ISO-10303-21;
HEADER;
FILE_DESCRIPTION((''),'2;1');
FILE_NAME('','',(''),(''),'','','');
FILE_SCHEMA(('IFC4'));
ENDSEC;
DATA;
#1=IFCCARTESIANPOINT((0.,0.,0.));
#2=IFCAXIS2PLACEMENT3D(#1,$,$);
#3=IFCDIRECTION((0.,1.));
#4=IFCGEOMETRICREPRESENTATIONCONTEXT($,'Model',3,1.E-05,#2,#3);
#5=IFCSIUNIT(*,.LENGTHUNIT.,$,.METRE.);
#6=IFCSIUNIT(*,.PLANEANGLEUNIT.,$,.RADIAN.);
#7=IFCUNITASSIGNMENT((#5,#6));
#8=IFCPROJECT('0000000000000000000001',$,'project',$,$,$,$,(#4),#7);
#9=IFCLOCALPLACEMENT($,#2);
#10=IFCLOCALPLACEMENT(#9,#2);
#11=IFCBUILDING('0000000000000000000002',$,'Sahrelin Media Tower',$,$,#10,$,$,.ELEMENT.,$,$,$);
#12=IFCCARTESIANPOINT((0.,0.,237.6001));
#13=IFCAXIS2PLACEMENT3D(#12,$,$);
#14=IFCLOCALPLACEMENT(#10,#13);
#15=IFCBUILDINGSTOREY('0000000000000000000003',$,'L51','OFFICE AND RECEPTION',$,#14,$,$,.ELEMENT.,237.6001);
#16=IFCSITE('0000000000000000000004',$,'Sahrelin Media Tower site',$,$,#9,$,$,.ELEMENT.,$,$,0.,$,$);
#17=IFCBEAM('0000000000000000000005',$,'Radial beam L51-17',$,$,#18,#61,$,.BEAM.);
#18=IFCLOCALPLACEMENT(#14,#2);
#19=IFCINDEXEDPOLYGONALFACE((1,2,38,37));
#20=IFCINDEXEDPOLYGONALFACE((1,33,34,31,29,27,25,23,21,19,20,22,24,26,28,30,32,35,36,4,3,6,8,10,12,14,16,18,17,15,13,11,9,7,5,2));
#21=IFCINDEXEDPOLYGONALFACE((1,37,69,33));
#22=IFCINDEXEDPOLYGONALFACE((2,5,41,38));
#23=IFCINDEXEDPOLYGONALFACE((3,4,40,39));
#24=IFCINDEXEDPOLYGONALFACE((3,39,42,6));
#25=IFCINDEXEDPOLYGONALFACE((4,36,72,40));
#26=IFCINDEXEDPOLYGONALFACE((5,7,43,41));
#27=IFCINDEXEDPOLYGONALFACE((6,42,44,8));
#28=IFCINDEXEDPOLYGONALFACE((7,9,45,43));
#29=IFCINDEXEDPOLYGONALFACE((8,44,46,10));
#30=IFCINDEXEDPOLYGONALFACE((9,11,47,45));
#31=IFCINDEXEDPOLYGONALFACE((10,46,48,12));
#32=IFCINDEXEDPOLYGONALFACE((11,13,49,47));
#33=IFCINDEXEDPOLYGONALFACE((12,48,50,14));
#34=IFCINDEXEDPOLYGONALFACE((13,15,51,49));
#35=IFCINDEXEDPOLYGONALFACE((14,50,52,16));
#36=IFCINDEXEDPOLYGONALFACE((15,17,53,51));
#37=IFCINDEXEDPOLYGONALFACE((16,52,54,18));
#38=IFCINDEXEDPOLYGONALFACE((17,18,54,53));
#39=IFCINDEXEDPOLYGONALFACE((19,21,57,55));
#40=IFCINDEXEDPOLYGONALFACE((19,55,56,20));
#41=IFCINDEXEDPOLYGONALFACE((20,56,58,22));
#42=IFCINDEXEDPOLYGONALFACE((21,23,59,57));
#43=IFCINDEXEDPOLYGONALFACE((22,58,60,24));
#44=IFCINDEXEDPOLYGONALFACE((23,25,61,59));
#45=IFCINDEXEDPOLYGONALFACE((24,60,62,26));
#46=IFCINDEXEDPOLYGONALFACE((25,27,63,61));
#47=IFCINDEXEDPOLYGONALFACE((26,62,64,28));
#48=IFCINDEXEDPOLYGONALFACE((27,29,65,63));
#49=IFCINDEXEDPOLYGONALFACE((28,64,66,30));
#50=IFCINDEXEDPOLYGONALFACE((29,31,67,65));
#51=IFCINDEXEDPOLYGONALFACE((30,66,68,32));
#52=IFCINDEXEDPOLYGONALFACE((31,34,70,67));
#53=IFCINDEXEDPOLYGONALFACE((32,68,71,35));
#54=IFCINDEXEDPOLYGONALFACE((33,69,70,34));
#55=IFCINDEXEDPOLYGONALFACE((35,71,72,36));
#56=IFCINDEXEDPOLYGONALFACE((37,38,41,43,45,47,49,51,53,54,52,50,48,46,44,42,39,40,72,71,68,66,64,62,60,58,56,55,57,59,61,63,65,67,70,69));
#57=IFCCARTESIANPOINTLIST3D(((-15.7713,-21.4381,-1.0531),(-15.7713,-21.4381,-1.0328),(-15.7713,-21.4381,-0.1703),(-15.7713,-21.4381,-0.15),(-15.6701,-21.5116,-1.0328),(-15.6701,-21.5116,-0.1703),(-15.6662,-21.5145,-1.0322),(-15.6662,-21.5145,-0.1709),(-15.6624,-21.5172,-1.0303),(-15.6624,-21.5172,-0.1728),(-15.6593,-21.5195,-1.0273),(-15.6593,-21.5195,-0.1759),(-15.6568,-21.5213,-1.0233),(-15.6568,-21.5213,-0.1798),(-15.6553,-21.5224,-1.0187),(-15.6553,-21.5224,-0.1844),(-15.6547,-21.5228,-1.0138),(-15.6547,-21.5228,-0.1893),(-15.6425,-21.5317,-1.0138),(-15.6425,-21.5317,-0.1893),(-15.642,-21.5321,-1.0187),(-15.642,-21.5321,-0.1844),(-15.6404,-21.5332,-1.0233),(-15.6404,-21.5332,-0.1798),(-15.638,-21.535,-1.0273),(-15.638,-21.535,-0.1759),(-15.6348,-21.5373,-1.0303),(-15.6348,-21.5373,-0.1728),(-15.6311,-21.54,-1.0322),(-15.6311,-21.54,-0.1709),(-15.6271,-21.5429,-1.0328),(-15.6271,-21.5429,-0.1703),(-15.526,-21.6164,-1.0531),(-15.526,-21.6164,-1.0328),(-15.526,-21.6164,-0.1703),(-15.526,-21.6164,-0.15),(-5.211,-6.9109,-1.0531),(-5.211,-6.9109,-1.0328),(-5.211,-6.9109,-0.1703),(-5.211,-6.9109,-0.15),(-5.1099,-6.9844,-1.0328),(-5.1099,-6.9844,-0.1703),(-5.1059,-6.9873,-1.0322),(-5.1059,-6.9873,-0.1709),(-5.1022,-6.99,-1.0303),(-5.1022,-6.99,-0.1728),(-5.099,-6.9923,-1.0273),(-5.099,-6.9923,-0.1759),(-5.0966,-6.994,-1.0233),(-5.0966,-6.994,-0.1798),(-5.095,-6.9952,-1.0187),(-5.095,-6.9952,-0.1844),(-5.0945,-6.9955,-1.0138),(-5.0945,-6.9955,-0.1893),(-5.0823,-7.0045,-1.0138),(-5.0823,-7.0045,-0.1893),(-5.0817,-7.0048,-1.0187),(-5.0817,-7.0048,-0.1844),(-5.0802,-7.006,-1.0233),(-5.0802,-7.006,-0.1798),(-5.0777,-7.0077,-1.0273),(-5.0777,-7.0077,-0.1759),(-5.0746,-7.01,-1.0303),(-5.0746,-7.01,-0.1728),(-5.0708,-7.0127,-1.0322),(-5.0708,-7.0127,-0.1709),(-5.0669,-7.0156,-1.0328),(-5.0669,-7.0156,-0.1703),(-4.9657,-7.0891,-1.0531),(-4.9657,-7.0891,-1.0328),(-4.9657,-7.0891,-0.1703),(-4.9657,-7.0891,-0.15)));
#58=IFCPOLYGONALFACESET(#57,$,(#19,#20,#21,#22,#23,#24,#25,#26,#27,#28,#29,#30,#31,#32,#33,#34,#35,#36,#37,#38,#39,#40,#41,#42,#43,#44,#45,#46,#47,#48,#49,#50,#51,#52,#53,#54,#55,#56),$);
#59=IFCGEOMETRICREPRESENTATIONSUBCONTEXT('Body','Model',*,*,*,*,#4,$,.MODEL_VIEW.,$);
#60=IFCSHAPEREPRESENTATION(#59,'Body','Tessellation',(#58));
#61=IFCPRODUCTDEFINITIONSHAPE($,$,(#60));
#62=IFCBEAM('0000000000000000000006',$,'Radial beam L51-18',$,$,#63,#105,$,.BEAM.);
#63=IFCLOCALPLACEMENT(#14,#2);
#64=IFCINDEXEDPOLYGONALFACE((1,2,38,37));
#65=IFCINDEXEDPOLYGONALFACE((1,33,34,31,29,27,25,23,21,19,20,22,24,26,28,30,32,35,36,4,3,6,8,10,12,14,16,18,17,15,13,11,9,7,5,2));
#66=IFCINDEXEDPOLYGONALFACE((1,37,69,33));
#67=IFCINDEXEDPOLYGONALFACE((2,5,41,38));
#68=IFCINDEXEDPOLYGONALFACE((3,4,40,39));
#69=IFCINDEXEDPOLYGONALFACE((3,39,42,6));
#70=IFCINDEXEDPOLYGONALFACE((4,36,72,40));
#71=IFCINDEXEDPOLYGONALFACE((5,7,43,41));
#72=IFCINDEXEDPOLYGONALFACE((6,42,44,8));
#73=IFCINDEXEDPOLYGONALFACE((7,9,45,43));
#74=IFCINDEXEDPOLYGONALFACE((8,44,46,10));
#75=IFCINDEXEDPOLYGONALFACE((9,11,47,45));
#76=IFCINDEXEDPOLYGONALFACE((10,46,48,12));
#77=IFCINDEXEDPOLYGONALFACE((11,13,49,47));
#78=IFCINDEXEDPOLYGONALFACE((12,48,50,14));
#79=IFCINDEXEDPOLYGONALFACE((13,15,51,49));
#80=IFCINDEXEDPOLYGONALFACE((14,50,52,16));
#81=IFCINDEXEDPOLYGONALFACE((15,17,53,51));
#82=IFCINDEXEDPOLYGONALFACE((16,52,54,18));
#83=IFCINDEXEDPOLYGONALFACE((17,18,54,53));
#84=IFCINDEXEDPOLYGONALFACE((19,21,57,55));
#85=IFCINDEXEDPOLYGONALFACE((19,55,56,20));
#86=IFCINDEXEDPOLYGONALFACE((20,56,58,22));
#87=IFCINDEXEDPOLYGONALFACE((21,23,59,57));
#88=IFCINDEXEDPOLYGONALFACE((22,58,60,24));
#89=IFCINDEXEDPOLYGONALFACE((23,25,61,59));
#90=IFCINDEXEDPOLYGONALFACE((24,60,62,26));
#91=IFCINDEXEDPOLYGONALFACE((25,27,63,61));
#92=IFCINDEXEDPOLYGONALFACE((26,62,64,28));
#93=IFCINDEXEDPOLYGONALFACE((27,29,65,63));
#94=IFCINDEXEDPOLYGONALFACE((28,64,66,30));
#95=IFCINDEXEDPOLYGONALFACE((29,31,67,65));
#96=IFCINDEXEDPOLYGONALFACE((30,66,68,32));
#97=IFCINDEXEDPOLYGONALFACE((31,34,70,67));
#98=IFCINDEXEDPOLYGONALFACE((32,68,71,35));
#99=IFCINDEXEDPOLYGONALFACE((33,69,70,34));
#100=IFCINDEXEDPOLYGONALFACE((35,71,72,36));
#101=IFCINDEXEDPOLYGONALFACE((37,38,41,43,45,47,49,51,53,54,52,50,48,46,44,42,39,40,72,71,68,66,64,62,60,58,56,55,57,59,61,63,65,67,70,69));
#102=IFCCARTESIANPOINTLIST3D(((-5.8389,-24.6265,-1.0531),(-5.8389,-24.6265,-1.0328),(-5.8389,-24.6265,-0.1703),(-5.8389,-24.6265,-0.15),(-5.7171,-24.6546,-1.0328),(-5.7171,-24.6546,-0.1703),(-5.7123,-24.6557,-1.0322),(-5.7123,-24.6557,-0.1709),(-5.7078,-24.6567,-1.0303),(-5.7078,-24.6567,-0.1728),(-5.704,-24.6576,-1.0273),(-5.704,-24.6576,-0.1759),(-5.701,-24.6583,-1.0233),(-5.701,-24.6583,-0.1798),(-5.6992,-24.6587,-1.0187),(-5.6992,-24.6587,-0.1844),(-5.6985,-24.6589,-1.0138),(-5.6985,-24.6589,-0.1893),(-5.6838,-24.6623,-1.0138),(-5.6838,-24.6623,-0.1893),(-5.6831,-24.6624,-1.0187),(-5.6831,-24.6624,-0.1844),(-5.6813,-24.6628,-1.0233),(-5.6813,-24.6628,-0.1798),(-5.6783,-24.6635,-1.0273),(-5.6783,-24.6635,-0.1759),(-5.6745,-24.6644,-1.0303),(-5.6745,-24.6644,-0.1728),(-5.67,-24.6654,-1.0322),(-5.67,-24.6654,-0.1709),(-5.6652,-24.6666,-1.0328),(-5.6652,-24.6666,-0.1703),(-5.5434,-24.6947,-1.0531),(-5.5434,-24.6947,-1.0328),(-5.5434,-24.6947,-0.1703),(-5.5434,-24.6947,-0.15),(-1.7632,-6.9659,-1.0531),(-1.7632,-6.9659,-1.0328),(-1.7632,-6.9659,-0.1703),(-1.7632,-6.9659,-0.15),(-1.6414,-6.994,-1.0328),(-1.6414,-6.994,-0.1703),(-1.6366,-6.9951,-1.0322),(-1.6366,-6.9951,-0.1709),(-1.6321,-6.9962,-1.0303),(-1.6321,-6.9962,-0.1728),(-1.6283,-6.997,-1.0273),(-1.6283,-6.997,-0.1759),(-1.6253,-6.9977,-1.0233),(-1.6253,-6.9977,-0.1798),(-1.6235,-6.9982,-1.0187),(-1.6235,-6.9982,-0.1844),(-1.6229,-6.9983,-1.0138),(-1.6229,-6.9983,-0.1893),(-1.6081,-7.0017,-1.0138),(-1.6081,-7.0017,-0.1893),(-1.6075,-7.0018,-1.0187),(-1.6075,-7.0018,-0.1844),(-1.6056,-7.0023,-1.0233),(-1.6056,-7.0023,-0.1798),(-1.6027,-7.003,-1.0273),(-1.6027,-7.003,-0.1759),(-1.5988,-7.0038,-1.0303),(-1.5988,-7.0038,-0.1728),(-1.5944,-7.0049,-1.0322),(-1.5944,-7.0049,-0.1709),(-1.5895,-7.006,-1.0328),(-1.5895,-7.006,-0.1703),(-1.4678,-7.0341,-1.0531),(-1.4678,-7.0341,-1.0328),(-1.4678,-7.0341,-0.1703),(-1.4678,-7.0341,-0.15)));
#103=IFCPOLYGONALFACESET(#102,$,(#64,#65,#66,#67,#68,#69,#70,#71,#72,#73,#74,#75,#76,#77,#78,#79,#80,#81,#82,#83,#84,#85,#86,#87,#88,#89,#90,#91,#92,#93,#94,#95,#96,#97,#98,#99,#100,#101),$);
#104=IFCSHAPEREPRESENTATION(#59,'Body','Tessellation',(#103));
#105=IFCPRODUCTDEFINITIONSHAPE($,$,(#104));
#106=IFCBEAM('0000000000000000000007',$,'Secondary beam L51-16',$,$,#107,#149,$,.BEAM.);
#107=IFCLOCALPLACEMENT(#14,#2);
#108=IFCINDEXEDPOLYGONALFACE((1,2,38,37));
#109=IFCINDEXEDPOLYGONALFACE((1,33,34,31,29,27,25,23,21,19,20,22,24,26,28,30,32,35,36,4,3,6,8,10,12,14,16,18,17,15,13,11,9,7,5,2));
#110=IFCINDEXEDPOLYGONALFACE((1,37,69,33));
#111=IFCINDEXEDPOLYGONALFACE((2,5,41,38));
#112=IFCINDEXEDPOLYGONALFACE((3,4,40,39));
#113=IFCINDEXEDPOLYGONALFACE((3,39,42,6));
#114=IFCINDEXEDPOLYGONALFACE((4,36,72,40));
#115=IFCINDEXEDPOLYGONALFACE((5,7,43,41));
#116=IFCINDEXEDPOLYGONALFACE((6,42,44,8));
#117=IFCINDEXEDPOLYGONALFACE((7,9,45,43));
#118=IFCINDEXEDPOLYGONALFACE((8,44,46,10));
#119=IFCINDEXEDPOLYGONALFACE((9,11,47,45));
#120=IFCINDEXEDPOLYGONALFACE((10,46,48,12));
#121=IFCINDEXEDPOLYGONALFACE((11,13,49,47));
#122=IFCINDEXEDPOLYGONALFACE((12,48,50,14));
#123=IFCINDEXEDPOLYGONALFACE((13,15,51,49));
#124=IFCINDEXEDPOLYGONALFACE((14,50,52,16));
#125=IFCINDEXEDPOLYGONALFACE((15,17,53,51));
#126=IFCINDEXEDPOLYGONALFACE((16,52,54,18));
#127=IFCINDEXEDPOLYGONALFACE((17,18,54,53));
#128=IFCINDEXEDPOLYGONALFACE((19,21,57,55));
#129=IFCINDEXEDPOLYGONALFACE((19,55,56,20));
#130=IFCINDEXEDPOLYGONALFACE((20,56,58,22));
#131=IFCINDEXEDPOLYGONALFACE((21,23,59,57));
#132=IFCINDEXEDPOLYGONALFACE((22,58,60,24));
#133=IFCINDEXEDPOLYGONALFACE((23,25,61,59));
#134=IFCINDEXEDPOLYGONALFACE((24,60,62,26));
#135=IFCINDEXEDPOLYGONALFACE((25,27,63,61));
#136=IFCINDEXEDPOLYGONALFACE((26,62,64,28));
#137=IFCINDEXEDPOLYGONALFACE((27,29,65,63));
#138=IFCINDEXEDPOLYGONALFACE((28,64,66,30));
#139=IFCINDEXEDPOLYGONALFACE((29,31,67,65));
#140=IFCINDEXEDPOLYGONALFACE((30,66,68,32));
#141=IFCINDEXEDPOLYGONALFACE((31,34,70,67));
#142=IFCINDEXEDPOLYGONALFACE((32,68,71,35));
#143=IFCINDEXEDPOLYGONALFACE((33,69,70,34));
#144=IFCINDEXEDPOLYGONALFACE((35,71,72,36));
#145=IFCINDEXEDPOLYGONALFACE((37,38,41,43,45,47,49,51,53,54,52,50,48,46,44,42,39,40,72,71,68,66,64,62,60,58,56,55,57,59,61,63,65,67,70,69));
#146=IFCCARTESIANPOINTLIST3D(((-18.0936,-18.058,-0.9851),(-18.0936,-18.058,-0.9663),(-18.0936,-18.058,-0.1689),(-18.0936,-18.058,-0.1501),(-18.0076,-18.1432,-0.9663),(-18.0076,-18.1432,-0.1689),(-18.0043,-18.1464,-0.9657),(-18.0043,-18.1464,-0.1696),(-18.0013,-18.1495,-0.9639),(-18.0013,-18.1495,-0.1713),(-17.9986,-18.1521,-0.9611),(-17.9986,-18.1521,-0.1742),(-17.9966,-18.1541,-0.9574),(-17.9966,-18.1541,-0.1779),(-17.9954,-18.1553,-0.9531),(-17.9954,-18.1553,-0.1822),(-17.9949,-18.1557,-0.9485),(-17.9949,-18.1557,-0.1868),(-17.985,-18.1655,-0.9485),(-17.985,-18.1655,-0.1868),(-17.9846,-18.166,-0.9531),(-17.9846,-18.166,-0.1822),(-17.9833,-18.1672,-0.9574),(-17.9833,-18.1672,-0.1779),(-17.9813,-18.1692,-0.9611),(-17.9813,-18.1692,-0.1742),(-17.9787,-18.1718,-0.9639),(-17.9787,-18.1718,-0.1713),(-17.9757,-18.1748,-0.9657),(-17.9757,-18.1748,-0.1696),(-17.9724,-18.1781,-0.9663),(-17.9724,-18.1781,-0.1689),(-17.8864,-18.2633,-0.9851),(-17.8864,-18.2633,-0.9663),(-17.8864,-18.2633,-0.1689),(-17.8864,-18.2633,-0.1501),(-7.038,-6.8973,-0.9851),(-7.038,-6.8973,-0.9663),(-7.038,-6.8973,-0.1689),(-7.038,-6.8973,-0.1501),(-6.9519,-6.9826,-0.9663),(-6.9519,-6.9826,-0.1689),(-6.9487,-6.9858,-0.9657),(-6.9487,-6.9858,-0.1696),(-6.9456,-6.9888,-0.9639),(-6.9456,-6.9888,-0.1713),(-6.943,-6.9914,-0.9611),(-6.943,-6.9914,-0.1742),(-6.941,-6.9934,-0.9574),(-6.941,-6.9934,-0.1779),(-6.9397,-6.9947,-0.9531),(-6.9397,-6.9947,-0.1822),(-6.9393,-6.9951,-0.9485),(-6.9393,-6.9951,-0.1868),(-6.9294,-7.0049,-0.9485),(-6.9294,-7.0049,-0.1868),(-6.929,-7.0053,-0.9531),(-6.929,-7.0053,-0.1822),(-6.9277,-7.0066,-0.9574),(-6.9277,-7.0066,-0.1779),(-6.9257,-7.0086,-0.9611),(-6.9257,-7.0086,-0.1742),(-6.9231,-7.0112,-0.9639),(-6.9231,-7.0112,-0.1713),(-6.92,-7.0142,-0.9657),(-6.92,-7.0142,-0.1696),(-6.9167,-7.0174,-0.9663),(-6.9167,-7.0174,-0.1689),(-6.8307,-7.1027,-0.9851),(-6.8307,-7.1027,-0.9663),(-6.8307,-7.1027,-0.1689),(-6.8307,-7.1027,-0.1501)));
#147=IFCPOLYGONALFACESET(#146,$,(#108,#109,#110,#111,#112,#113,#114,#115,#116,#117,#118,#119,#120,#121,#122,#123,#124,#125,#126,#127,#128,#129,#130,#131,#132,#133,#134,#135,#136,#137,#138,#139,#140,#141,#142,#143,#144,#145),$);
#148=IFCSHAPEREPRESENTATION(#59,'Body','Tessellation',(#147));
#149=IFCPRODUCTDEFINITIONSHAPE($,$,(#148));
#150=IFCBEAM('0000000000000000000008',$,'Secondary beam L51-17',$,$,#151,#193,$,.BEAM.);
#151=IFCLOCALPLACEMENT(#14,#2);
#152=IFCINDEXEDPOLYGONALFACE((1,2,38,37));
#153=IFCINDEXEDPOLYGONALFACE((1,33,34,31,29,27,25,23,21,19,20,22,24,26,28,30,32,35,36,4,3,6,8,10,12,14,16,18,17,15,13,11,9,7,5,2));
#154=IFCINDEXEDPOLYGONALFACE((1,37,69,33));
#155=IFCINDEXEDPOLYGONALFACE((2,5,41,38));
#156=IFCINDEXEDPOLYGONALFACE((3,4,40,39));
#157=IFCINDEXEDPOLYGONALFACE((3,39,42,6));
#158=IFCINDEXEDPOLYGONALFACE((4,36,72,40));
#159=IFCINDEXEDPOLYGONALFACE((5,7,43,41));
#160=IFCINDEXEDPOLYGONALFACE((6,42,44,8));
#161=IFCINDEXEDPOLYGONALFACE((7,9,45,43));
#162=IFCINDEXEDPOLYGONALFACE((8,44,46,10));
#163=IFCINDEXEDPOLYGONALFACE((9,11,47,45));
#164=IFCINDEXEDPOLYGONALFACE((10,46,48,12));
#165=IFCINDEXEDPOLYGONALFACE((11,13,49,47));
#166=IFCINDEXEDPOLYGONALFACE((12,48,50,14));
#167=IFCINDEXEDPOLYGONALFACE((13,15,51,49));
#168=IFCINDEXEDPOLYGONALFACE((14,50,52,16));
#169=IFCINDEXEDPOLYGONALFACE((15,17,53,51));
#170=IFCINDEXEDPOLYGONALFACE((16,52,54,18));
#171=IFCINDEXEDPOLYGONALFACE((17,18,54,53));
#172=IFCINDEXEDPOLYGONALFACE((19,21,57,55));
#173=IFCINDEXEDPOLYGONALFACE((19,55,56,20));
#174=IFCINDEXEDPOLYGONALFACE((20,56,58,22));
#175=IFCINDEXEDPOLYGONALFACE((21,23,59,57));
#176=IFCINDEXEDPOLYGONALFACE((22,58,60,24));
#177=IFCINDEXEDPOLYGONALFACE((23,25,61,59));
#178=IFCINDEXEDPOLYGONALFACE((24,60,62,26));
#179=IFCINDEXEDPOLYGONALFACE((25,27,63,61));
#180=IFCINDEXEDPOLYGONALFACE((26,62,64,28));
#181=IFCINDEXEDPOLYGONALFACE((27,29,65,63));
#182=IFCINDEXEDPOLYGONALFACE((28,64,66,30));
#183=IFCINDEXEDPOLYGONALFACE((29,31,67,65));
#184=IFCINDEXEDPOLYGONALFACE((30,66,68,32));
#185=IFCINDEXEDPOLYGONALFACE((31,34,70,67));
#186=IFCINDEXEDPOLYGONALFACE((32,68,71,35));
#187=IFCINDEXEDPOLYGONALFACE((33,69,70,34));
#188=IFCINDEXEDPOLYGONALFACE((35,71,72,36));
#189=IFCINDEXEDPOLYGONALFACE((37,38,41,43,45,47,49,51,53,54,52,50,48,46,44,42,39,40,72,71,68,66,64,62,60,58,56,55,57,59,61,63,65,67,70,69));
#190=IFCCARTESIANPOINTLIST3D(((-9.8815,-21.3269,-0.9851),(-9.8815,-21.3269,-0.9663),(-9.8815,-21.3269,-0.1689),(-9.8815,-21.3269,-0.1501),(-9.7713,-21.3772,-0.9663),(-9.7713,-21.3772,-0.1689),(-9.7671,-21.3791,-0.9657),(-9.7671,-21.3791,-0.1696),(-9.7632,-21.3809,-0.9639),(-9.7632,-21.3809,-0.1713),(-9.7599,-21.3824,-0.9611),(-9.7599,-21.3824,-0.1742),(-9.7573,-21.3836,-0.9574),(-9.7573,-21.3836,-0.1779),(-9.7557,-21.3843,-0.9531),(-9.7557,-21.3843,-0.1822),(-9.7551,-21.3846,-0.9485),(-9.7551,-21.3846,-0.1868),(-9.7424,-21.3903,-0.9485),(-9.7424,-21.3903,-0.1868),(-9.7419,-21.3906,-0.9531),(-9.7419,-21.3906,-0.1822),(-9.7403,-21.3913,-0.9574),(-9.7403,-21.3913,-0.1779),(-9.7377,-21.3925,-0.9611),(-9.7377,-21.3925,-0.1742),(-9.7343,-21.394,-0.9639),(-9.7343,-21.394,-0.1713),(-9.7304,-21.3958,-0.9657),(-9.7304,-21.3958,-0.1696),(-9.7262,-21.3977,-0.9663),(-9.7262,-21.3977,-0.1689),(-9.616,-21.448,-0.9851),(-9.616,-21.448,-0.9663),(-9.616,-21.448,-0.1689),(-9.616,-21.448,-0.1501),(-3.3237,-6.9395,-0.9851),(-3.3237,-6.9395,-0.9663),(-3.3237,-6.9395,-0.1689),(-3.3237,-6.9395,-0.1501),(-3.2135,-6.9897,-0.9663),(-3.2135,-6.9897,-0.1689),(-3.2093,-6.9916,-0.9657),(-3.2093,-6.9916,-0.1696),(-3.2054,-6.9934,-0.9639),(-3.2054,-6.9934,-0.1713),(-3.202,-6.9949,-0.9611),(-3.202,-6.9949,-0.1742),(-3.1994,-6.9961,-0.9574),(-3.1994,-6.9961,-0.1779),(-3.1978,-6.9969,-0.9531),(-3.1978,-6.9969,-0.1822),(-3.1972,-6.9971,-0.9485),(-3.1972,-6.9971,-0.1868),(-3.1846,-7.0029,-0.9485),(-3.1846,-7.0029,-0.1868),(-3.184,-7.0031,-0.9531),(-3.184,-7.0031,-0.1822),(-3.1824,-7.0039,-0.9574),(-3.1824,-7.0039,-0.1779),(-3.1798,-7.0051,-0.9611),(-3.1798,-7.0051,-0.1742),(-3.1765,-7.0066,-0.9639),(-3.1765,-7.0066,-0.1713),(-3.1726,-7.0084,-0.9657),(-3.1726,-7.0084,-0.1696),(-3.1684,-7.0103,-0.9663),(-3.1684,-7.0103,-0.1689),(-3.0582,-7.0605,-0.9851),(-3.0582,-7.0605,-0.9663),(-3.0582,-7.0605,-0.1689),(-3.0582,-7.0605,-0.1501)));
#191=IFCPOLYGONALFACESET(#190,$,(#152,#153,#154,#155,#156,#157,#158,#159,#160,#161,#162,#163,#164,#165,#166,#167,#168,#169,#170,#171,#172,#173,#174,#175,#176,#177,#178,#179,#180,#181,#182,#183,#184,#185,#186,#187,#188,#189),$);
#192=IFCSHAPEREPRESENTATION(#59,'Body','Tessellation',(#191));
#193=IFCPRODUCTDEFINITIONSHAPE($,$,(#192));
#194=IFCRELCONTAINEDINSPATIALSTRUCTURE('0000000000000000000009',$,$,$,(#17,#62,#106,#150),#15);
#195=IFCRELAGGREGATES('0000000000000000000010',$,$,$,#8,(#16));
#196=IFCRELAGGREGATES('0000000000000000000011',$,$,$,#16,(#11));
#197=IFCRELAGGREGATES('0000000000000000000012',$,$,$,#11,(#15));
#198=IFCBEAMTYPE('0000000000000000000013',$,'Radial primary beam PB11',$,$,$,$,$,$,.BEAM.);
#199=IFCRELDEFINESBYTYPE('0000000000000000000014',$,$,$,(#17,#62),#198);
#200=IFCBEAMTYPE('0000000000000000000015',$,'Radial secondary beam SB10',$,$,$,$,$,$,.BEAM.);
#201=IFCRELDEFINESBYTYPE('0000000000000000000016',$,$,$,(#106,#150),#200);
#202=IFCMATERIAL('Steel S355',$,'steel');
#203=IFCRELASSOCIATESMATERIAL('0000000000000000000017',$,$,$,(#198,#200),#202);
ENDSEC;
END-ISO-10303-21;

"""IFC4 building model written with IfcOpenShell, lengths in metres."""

from ifc_helpers import new_model, si_unit, direction, frame, origin, origin_2d, place, context, subcontext, project, spatial, i_section, extrude, material, material_profile, profile_set, type_object, element, save


model = new_model("IFC4")

# Units and contexts
model_context = context("Model", 3, precision=1e-05, world=origin(), true_north=direction((0.0, 1.0)))
body_context = subcontext(model_context, "Body", "Model", "MODEL_VIEW")
ifc_project = project(units=[si_unit("LENGTHUNIT", "METRE"), si_unit("PLANEANGLEUNIT", "RADIAN")], contexts=[model_context])

# Site, building, storey
site_placement = place(None, origin())
site = spatial("IfcSite", under=ifc_project, at=site_placement, Name="Sahrelin Media Tower site", CompositionType="ELEMENT", RefElevation=0.0)
building_placement = place(site_placement, origin())
building = spatial("IfcBuilding", under=site, at=building_placement, Name="Sahrelin Media Tower", CompositionType="ELEMENT")
storey_placement = place(building_placement, frame((0.0, 0.0, 237.6001)))
storey = spatial("IfcBuildingStorey", under=building, at=storey_placement, Name="L51", Description="OFFICE AND RECEPTION", CompositionType="ELEMENT", Elevation=237.6001)

# Shared definitions
ifc_material_1 = material(Name="Steel S355", Category="steel")

# Beams
ifc_material_profile_1 = material_profile(ifc_material_1, i_section(OverallWidth=0.3032, OverallDepth=0.9031, WebThickness=0.0151, FlangeThickness=0.0203, FilletRadius=0.019, at=origin_2d()), Name="UB 914x305x201")
ifc_profile_set_1 = profile_set([ifc_material_profile_1], Name="Steel S355")
beam_type_1 = type_object("IfcBeamType", Name="Radial primary beam PB11", PredefinedType="BEAM", material=ifc_profile_set_1)
beam_1_placement = place(storey_placement, frame((-5.0884, -7.0, -0.6016), z_axis=(-0.587988, -0.80887, 0.0), x_axis=(0.80887, -0.587988, 0.0)))
element("IfcBeam", 1, at=beam_1_placement, inside=storey, type_object=beam_type_1, Name="Radial beam L51-17", PredefinedType="BEAM", context=body_context, shape_type="SweptSolid", body=[
    extrude(i_section(OverallWidth=0.3032, OverallDepth=0.9031, WebThickness=0.0151, FlangeThickness=0.0203, FilletRadius=0.019, at=origin_2d()), origin(), (0.0, 0.0, 1.0), 17.96),
])
beam_2_placement = place(storey_placement, frame((-1.6155, -7.0, -0.6016), z_axis=(-0.224867, -0.974389, 0.0), x_axis=(0.974389, -0.224867, 0.0)))
element("IfcBeam", 2, at=beam_2_placement, inside=storey, type_object=beam_type_1, Name="Radial beam L51-18", PredefinedType="BEAM", context=body_context, shape_type="SweptSolid", body=[
    extrude(i_section(OverallWidth=0.3032, OverallDepth=0.9031, WebThickness=0.0151, FlangeThickness=0.0203, FilletRadius=0.019, at=origin_2d()), origin(), (0.0, 0.0, 1.0), 18.1248),
])
ifc_material_profile_2 = material_profile(ifc_material_1, i_section(OverallWidth=0.2917, OverallDepth=0.835, WebThickness=0.0139, FlangeThickness=0.0188, FilletRadius=0.0178, at=origin_2d()), Name="UB 838x292x176")
ifc_profile_set_2 = profile_set([ifc_material_profile_2], Name="Steel S355")
beam_type_2 = type_object("IfcBeamType", Name="Radial secondary beam SB10", PredefinedType="BEAM", material=ifc_profile_set_2)
beam_3_placement = place(storey_placement, frame((-6.9343, -7.0, -0.5676), z_axis=(-0.703758, -0.71044, 0.0), x_axis=(0.71044, -0.703758, 0.0)))
element("IfcBeam", 3, at=beam_3_placement, inside=storey, type_object=beam_type_2, Name="Secondary beam L51-16", PredefinedType="BEAM", context=body_context, shape_type="SweptSolid", body=[
    extrude(i_section(OverallWidth=0.2917, OverallDepth=0.835, WebThickness=0.0139, FlangeThickness=0.0188, FilletRadius=0.0178, at=origin_2d()), origin(), (0.0, 0.0, 1.0), 15.7095),
])
beam_4_placement = place(storey_placement, frame((-3.1909, -7.0, -0.5676), z_axis=(-0.414752, -0.909934, 0.0), x_axis=(0.909934, -0.414752, 0.0)))
element("IfcBeam", 4, at=beam_4_placement, inside=storey, type_object=beam_type_2, Name="Secondary beam L51-17", PredefinedType="BEAM", context=body_context, shape_type="SweptSolid", body=[
    extrude(i_section(OverallWidth=0.2917, OverallDepth=0.835, WebThickness=0.0139, FlangeThickness=0.0188, FilletRadius=0.0178, at=origin_2d()), origin(), (0.0, 0.0, 1.0), 15.8115),
])

save(model, "model.ifc")
